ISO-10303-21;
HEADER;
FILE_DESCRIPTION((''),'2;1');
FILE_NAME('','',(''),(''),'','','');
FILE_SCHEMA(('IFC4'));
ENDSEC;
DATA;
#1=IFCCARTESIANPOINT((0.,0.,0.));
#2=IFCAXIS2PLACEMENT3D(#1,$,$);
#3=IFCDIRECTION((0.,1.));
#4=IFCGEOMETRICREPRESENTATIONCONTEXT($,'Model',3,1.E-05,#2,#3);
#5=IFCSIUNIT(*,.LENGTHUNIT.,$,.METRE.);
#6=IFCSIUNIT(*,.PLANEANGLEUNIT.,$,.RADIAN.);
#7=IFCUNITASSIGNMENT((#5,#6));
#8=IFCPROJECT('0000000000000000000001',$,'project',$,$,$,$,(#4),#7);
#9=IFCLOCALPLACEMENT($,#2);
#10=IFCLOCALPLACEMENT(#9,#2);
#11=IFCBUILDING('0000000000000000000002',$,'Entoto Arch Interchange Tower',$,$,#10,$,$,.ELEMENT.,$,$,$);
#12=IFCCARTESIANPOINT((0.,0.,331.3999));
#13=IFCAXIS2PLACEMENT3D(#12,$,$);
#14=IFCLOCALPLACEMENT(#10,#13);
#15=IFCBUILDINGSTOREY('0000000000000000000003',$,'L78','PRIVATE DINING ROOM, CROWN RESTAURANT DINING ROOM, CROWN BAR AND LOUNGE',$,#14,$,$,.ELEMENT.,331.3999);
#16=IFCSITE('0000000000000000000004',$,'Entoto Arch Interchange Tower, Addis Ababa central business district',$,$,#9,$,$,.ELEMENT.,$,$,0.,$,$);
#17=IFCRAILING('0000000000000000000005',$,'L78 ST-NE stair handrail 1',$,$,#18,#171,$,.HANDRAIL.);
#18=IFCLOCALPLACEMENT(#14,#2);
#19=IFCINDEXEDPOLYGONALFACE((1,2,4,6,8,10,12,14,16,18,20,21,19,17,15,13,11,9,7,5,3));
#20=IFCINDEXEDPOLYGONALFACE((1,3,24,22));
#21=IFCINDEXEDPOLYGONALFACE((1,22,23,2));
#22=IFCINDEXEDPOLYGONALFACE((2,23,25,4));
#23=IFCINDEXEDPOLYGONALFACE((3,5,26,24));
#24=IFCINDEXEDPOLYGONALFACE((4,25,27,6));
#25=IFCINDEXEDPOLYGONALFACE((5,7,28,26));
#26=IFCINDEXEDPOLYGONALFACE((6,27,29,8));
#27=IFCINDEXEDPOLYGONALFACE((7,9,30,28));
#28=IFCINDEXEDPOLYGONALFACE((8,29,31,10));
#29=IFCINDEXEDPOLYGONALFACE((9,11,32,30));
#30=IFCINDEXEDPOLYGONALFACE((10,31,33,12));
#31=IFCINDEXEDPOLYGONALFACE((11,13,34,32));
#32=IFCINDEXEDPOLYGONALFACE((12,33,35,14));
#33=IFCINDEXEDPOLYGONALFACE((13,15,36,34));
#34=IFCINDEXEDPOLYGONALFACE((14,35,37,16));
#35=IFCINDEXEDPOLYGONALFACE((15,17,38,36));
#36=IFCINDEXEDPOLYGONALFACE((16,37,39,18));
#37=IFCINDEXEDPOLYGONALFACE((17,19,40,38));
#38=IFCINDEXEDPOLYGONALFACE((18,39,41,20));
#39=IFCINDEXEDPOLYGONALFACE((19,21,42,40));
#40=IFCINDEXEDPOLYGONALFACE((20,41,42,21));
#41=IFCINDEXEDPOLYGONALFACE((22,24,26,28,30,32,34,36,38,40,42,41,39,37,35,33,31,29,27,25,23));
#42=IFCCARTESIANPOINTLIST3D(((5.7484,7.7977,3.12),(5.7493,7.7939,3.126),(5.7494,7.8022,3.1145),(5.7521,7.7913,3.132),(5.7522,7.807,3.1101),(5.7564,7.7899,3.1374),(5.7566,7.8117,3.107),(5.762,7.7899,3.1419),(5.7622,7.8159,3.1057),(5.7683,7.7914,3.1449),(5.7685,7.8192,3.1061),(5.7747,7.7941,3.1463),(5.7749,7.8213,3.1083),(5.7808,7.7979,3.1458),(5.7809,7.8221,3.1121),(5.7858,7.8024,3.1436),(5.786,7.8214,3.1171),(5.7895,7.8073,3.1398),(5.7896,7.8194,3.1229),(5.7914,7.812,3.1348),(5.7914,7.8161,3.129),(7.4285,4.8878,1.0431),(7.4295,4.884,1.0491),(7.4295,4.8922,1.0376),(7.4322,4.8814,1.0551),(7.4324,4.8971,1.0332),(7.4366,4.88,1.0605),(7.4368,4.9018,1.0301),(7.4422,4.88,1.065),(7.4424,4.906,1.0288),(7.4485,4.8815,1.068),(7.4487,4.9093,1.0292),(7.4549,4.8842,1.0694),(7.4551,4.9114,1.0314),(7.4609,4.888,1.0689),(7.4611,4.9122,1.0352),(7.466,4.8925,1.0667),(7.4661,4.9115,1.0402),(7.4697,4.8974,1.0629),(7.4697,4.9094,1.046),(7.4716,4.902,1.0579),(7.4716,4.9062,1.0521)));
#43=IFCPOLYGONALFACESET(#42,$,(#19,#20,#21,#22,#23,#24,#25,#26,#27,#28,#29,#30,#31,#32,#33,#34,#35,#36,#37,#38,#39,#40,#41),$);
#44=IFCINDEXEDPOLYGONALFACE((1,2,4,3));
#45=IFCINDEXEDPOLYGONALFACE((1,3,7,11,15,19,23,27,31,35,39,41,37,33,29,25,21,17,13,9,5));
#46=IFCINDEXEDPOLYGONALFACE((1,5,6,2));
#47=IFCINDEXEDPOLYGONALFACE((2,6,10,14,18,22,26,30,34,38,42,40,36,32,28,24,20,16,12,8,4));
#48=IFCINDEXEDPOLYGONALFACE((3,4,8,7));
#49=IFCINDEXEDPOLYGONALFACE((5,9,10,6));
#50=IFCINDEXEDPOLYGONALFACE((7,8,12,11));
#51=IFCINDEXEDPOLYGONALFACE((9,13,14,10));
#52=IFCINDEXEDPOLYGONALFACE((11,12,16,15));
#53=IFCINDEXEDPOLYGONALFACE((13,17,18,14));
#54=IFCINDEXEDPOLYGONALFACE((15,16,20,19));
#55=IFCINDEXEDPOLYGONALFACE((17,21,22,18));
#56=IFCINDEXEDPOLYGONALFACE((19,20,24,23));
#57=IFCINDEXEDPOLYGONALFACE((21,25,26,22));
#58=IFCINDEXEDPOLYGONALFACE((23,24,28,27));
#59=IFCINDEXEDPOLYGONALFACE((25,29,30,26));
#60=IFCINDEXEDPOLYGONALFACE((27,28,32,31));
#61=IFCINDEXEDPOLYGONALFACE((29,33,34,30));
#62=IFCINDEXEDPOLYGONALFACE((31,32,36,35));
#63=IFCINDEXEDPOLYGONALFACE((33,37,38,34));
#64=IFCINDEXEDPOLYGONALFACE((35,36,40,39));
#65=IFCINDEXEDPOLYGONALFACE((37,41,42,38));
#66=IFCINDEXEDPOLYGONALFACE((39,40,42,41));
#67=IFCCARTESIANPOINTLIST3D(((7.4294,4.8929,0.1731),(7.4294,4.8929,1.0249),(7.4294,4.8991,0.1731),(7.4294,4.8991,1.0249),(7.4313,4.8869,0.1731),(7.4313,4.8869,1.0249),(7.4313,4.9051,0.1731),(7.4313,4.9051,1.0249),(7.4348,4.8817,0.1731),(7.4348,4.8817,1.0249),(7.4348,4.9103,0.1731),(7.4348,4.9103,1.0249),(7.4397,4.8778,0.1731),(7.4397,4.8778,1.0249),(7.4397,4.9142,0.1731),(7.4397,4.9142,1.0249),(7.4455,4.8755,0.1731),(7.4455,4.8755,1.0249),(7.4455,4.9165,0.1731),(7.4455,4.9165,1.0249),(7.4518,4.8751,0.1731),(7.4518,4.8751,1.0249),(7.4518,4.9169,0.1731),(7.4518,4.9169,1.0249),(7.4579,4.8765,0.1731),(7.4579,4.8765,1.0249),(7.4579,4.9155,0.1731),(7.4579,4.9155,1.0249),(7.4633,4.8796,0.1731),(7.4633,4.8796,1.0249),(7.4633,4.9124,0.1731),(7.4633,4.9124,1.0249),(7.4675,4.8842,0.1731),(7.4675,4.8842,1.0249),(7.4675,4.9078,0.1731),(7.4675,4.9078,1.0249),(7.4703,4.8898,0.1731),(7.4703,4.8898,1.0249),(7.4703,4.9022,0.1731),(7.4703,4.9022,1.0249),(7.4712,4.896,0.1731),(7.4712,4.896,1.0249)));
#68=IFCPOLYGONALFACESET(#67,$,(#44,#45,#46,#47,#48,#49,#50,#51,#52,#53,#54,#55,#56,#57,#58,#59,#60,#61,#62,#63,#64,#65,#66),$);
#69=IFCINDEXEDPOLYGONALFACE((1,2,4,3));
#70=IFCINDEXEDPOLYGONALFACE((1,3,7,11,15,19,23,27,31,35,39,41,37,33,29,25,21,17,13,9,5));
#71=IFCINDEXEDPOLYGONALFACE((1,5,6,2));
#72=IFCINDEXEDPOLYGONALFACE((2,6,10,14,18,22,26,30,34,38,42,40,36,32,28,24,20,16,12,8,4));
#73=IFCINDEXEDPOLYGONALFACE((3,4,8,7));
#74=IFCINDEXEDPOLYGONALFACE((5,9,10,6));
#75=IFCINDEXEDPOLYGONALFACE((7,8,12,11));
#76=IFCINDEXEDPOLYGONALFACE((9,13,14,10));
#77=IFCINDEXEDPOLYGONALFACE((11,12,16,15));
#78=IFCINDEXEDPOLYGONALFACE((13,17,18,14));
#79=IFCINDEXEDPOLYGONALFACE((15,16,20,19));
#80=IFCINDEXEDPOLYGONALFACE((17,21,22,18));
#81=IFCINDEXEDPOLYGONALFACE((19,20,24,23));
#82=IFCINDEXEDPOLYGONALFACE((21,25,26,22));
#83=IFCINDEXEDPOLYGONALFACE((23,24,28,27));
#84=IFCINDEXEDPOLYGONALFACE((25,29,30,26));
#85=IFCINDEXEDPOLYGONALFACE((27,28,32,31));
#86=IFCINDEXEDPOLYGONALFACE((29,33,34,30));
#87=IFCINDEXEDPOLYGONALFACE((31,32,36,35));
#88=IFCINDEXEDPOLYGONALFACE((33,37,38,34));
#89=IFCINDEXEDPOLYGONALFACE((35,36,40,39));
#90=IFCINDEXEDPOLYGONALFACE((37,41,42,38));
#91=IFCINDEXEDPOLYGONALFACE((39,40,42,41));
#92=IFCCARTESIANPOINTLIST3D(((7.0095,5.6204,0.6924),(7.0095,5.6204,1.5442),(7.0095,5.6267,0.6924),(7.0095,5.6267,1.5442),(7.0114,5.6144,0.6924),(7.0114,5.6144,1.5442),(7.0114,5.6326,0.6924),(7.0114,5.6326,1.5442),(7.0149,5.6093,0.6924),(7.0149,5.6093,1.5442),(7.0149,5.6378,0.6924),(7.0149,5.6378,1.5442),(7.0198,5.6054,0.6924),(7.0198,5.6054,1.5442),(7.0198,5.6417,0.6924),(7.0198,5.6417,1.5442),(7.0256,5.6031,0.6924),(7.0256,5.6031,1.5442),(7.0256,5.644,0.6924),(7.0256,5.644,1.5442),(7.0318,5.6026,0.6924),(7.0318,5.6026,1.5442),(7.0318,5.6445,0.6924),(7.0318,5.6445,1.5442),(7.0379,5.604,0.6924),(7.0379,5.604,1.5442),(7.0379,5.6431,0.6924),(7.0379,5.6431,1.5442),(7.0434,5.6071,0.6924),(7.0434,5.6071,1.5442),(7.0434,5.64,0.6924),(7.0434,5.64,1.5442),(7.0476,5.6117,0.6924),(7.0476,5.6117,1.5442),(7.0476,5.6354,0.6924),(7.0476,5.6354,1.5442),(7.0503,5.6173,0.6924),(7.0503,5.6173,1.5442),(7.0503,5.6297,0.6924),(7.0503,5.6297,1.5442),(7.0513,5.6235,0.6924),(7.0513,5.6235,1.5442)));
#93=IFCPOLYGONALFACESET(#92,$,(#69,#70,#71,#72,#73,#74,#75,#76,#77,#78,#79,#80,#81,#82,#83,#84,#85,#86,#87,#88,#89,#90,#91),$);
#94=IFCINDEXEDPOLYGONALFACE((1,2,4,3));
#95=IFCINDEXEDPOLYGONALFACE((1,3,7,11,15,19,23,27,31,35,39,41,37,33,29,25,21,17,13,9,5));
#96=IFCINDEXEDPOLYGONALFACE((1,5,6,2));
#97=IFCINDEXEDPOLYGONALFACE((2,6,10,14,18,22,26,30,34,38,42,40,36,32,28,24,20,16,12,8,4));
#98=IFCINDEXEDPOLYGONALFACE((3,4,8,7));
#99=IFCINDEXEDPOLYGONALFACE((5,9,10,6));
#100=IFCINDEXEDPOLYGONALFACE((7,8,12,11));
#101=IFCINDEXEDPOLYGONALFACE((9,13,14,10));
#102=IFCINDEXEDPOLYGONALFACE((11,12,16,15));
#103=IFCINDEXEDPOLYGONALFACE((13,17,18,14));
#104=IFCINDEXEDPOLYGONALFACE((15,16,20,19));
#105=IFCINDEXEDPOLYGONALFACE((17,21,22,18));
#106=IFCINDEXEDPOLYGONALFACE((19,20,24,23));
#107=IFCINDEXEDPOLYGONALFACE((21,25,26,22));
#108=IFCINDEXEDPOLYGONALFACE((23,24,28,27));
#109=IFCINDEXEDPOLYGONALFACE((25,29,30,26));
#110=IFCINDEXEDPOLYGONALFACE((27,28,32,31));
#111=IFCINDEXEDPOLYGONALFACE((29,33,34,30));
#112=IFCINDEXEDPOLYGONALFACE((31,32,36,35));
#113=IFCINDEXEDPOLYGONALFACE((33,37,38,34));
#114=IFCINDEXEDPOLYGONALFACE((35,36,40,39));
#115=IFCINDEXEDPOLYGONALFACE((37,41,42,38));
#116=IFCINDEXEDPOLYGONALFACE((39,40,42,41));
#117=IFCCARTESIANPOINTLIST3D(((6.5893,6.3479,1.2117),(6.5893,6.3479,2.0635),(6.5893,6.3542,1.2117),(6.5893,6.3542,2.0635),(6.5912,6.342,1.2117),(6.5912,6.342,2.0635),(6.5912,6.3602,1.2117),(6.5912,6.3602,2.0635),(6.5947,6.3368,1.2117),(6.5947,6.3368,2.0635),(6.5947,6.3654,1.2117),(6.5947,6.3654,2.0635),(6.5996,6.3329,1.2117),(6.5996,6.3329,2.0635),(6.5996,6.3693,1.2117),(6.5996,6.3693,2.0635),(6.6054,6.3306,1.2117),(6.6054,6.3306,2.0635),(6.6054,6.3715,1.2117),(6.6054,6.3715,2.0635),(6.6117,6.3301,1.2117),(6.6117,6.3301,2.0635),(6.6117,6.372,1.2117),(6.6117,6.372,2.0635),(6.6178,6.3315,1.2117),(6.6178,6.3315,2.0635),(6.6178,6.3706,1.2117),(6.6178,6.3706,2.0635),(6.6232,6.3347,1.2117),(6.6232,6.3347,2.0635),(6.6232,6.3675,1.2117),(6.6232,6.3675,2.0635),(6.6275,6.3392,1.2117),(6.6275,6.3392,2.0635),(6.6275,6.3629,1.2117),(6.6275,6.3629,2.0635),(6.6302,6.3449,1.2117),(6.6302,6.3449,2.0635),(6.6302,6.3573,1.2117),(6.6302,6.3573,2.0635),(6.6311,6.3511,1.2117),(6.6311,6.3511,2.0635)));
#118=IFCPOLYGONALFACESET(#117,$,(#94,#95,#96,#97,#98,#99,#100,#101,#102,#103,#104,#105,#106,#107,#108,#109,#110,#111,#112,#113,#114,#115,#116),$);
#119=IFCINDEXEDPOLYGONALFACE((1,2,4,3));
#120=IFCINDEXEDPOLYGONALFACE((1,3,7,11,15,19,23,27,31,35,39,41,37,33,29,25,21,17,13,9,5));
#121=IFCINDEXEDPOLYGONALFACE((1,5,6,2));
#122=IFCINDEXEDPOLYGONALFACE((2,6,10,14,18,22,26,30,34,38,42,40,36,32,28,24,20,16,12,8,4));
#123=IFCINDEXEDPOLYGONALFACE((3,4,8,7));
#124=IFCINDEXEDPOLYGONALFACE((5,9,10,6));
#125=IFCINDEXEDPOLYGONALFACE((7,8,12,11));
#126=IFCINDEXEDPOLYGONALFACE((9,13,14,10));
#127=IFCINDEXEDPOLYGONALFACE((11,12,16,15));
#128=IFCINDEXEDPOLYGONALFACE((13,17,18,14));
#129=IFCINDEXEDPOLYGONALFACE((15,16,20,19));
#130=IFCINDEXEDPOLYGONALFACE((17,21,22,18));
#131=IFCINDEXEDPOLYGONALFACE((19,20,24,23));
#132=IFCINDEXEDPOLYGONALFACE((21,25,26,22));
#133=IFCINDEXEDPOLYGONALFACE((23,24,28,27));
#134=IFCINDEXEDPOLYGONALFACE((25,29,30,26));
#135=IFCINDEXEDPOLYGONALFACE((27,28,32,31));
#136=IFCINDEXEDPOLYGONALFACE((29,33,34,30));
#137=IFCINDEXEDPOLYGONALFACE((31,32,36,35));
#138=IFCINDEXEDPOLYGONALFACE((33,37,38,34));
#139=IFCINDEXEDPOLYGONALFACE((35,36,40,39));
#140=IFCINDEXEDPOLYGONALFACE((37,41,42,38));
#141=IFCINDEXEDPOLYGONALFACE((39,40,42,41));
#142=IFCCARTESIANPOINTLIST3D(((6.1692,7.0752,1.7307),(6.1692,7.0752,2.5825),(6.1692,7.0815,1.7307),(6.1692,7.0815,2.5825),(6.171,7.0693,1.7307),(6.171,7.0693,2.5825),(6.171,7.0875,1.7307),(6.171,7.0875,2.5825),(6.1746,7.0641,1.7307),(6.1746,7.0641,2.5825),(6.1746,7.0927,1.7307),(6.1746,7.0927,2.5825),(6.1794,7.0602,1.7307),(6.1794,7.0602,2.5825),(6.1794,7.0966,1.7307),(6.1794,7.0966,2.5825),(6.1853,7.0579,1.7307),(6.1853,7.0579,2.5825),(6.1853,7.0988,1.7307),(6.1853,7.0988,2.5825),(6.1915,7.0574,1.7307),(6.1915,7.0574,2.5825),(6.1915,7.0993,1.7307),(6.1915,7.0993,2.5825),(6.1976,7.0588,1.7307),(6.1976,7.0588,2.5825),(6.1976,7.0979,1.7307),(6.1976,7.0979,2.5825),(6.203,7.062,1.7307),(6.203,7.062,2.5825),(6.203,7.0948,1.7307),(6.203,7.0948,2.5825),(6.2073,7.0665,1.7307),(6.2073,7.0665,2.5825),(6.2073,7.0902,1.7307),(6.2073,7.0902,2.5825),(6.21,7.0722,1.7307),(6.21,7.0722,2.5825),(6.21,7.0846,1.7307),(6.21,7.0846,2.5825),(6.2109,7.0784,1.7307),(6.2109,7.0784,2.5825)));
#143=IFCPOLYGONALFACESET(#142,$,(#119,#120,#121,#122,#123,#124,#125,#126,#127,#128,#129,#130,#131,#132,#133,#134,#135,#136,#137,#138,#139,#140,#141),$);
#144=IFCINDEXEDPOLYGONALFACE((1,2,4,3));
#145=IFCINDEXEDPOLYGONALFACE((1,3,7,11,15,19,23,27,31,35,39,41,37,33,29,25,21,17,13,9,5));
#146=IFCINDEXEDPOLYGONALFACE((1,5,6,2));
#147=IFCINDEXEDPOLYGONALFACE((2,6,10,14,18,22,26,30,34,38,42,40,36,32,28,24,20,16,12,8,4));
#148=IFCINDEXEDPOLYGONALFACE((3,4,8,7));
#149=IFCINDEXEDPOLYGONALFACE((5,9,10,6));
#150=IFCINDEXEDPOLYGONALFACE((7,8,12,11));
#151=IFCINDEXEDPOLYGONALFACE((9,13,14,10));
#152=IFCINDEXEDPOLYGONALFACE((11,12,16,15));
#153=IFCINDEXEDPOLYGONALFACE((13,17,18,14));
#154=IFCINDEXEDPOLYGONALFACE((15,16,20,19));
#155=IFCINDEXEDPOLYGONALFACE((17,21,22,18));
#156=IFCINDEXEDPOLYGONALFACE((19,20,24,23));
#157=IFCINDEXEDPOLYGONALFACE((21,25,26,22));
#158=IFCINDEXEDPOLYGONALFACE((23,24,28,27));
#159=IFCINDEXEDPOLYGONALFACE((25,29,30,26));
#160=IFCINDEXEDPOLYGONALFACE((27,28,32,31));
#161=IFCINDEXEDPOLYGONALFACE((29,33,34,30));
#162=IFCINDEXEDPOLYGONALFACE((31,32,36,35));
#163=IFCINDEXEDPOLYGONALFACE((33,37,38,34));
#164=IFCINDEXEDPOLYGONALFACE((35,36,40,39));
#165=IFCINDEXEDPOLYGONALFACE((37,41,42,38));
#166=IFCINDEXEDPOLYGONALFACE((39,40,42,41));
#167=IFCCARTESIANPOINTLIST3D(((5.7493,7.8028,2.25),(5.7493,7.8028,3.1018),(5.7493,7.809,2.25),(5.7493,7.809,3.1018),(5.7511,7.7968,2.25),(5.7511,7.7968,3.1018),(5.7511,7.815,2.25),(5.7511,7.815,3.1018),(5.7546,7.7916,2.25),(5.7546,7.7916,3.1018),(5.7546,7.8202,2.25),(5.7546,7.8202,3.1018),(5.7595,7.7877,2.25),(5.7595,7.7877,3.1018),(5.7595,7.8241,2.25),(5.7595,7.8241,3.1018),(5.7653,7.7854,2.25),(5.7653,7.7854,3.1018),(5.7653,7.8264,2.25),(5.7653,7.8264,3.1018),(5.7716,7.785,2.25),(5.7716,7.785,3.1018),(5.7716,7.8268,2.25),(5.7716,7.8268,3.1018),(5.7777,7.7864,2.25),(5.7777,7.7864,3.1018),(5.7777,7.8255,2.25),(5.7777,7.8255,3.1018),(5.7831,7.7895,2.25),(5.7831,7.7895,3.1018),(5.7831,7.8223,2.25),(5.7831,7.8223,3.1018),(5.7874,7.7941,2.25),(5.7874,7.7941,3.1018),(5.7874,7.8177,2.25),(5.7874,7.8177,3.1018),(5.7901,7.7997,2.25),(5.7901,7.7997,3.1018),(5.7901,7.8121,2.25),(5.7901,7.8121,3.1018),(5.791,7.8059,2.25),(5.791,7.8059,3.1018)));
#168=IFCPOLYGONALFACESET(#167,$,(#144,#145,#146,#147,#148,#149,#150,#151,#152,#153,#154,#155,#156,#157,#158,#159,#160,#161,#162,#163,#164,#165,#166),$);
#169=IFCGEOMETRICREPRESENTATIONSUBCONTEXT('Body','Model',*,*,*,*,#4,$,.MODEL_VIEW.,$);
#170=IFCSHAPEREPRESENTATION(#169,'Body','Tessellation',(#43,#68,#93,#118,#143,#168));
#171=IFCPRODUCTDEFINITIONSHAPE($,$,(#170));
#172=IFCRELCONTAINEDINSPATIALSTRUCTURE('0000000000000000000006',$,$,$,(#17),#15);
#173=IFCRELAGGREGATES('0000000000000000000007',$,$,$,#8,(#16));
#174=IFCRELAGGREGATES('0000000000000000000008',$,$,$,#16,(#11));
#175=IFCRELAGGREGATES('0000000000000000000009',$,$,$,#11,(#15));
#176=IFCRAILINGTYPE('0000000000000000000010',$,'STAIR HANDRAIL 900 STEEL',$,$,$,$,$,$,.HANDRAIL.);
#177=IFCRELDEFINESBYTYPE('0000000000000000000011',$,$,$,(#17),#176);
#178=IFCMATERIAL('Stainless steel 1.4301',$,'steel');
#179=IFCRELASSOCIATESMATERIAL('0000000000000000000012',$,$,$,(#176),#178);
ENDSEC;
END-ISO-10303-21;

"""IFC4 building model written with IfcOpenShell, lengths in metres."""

from ifc_helpers import new_model, si_unit, direction, frame, origin, origin_2d, place, context, subcontext, project, spatial, circle, extrude, material, type_object, element, save


model = new_model("IFC4")

# Units and contexts
model_context = context("Model", 3, precision=1e-05, world=origin(), true_north=direction((0.0, 1.0)))
body_context = subcontext(model_context, "Body", "Model", "MODEL_VIEW")
ifc_project = project(units=[si_unit("LENGTHUNIT", "METRE"), si_unit("PLANEANGLEUNIT", "RADIAN")], contexts=[model_context])

# Site, building, storey
site_placement = place(None, origin())
site = spatial("IfcSite", under=ifc_project, at=site_placement, Name="Entoto Arch Interchange Tower, Addis Ababa central business district", CompositionType="ELEMENT", RefElevation=0.0)
building_placement = place(site_placement, origin())
building = spatial("IfcBuilding", under=site, at=building_placement, Name="Entoto Arch Interchange Tower", CompositionType="ELEMENT")
storey_placement = place(building_placement, frame((0.0, 0.0, 331.3999)))
storey = spatial("IfcBuildingStorey", under=building, at=storey_placement, Name="L78", Description="PRIVATE DINING ROOM, CROWN RESTAURANT DINING ROOM, CROWN BAR AND LOUNGE", CompositionType="ELEMENT", Elevation=331.3999)

# Railing
ifc_material_1 = material(Name="Stainless steel 1.4301", Category="steel")
railing_type_1 = type_object("IfcRailingType", Name="STAIR HANDRAIL 900 STEEL", PredefinedType="HANDRAIL", material=ifc_material_1)
railing_1_placement = place(storey_placement, frame((7.4502, 4.896, 0.1731)))
element("IfcRailing", 1, at=railing_1_placement, inside=storey, type_object=railing_type_1, Name="L78 ST-NE stair handrail 1", PredefinedType="HANDRAIL", context=body_context, shape_type="SweptSolid", body=[
    extrude(circle(Radius=0.0239, at=origin_2d()), frame((0.0, 0.0, 0.876), z_axis=(-0.425339, 0.736649, 0.525771), x_axis=(-0.866008, -0.500031, 0.0)), (0.0, 0.0, 1.0), 3.9502),
    extrude(circle(Radius=0.021, at=origin_2d()), origin(), (0.0, 0.0, 1.0), 0.8518),
    extrude(circle(Radius=0.021, at=origin_2d()), frame((-0.4199, 0.7275, 0.5193)), (0.0, 0.0, 1.0), 0.8518),
    extrude(circle(Radius=0.021, at=origin_2d()), frame((-0.8401, 1.4551, 1.0386)), (0.0, 0.0, 1.0), 0.8518),
    extrude(circle(Radius=0.021, at=origin_2d()), frame((-1.2603, 2.1824, 1.5576)), (0.0, 0.0, 1.0), 0.8518),
    extrude(circle(Radius=0.021, at=origin_2d()), frame((-1.6802, 2.9099, 2.0769)), (0.0, 0.0, 1.0), 0.8518),
])

save(model, "model.ifc")
